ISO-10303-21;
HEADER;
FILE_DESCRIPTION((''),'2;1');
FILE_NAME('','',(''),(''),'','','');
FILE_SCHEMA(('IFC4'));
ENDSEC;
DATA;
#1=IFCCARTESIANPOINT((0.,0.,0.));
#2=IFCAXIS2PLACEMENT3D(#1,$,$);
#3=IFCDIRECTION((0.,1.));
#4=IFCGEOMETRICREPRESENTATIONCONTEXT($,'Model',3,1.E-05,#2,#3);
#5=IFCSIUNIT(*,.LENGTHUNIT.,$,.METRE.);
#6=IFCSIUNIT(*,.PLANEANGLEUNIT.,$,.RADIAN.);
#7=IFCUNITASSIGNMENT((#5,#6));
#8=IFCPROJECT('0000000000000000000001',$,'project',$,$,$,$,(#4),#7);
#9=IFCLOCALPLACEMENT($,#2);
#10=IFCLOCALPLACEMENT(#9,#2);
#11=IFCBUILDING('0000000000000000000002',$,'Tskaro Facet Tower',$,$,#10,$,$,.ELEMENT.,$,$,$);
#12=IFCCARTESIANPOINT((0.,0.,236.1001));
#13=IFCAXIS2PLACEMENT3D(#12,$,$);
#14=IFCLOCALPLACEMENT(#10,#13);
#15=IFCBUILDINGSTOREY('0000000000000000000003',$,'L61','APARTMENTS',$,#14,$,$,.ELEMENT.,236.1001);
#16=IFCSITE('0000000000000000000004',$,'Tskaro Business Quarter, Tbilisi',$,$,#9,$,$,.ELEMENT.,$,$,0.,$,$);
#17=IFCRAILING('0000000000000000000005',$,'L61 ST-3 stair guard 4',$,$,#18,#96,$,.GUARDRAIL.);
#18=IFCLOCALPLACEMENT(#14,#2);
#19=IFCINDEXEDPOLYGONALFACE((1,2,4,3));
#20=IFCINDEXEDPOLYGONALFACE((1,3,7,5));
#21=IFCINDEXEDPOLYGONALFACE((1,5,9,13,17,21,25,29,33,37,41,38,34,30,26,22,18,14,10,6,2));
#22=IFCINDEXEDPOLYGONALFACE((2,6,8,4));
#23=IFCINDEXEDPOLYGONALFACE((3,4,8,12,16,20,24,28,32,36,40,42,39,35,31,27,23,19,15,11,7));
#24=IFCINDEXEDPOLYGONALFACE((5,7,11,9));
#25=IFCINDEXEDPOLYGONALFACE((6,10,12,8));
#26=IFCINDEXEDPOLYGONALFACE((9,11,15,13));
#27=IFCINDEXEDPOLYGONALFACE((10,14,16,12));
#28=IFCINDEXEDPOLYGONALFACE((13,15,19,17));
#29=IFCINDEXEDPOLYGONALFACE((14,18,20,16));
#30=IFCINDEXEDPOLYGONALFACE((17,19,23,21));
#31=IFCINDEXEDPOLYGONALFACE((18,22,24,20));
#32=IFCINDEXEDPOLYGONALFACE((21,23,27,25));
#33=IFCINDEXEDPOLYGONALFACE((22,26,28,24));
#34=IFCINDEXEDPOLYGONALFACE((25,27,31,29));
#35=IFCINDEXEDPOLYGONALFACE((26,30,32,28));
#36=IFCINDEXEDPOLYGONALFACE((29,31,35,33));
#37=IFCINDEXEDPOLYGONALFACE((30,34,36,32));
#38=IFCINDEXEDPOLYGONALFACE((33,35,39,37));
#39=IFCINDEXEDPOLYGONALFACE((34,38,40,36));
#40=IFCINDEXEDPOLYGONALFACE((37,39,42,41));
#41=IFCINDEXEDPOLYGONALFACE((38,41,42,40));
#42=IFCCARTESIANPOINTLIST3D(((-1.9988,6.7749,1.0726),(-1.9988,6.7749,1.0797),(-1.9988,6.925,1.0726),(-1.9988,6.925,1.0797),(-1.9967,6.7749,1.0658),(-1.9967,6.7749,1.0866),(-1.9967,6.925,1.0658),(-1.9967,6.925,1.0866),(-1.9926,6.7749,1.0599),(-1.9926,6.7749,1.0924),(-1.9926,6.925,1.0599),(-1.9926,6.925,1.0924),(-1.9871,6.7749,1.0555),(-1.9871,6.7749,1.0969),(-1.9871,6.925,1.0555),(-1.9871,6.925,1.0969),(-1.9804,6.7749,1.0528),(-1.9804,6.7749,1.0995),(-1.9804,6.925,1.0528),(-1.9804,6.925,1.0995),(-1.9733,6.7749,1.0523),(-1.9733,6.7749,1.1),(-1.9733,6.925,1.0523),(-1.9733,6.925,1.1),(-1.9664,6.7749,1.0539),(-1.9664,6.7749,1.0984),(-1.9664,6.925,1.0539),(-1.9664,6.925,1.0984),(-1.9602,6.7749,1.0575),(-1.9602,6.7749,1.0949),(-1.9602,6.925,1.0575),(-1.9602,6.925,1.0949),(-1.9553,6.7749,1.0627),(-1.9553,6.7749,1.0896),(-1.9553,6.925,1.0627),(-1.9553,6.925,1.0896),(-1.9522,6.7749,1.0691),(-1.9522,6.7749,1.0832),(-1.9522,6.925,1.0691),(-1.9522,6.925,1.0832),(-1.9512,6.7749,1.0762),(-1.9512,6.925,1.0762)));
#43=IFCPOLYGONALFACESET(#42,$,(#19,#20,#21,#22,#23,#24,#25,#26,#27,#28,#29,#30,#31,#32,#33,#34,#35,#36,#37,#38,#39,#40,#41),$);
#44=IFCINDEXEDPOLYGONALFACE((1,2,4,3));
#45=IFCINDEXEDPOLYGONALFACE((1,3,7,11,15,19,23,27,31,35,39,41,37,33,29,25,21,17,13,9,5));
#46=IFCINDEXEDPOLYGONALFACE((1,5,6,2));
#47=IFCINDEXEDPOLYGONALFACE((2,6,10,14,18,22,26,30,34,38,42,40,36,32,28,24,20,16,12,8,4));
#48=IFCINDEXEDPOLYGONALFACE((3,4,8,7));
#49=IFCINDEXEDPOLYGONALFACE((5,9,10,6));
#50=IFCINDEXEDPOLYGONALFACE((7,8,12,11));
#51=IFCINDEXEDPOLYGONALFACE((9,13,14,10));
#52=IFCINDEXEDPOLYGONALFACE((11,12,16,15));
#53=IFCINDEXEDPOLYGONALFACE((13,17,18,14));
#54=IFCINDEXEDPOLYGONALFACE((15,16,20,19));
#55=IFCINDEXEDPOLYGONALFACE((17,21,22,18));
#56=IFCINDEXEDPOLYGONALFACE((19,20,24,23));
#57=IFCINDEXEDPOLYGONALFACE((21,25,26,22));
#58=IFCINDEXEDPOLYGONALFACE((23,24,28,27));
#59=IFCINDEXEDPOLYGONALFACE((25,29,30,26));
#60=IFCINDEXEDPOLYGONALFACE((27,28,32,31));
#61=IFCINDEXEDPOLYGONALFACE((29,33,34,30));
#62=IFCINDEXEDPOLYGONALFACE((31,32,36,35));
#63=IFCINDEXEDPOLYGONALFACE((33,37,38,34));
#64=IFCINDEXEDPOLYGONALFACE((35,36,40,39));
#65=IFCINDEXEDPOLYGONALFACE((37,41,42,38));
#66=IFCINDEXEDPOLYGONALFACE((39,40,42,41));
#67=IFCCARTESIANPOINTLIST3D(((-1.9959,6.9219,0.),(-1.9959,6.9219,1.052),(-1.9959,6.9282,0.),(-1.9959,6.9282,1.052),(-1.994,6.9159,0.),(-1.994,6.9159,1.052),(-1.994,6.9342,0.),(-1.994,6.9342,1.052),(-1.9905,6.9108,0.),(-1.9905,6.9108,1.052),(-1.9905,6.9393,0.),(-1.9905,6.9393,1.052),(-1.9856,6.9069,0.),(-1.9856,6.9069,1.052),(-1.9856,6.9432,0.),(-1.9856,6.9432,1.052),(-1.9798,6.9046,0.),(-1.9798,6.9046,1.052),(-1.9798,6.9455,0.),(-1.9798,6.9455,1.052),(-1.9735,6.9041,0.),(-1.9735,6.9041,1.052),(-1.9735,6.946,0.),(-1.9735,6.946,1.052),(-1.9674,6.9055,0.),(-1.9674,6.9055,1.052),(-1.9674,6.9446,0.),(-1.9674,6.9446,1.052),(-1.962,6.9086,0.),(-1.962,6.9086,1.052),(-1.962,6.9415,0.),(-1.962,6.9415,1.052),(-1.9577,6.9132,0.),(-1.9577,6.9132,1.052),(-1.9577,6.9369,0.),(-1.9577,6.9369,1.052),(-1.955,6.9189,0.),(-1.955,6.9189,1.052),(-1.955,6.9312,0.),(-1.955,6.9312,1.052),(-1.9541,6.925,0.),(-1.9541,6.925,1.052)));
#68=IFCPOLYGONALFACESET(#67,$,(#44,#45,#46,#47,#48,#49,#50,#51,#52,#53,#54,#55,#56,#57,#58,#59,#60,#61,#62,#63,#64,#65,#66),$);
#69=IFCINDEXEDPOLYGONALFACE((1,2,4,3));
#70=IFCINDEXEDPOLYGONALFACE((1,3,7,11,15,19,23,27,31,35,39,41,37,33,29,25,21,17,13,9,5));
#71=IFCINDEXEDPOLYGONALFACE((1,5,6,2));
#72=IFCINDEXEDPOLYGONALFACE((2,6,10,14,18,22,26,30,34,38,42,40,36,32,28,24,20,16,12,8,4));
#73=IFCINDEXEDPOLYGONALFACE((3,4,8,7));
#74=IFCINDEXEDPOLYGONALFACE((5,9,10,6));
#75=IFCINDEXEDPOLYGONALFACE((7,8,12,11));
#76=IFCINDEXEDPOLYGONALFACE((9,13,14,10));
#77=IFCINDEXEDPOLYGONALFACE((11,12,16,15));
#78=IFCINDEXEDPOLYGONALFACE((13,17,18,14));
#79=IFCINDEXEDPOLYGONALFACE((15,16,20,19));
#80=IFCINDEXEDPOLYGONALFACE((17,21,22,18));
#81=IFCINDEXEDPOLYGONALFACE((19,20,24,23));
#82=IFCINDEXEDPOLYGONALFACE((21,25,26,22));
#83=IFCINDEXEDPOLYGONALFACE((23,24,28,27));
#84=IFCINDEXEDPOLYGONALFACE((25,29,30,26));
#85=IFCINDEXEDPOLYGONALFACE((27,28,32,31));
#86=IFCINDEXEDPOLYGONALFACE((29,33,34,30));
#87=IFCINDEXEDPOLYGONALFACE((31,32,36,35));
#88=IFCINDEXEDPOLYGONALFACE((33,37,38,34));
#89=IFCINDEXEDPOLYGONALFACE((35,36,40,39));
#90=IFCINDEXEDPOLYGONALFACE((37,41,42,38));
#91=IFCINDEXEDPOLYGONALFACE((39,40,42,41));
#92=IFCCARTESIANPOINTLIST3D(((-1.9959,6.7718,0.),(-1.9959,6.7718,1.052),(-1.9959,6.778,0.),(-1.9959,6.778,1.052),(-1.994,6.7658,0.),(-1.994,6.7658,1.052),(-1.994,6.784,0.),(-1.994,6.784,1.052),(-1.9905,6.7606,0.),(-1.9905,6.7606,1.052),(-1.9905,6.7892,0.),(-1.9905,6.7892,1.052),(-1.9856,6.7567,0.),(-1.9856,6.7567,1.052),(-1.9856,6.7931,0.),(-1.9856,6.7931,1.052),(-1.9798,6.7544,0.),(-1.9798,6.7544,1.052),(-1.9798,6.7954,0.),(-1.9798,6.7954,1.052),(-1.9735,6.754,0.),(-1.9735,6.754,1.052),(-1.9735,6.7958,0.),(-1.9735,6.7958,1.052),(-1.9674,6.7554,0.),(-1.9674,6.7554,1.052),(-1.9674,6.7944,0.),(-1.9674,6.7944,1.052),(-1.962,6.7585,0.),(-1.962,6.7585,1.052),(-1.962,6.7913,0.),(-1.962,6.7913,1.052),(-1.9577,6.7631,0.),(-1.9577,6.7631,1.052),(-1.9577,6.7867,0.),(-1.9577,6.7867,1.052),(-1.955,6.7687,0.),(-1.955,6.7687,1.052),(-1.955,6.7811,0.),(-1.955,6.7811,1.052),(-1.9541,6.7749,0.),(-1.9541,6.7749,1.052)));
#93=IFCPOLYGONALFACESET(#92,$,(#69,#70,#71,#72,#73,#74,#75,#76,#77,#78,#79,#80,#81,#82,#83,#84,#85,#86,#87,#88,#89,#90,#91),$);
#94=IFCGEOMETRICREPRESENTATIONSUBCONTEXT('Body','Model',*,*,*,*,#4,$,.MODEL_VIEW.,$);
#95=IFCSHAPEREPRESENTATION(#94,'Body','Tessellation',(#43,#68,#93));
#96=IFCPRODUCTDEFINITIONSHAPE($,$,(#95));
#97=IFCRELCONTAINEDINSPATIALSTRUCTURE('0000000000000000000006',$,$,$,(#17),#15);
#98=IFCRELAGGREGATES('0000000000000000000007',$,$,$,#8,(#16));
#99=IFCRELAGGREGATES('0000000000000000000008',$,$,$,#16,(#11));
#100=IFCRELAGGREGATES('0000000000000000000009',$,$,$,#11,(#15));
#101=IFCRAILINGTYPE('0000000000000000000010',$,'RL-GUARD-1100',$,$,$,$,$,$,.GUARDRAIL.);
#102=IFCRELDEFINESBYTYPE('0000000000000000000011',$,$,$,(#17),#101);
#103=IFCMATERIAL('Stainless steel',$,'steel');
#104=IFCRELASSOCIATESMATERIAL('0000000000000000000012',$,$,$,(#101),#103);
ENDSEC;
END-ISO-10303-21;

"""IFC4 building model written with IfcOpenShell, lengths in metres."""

from ifc_helpers import new_model, si_unit, direction, frame, origin, origin_2d, place, context, subcontext, project, spatial, circle, extrude, material, type_object, element, save


model = new_model("IFC4")

# Units and contexts
model_context = context("Model", 3, precision=1e-05, world=origin(), true_north=direction((0.0, 1.0)))
body_context = subcontext(model_context, "Body", "Model", "MODEL_VIEW")
ifc_project = project(units=[si_unit("LENGTHUNIT", "METRE"), si_unit("PLANEANGLEUNIT", "RADIAN")], contexts=[model_context])

# Site, building, storey
site_placement = place(None, origin())
site = spatial("IfcSite", under=ifc_project, at=site_placement, Name="Tskaro Business Quarter, Tbilisi", CompositionType="ELEMENT", RefElevation=0.0)
building_placement = place(site_placement, origin())
building = spatial("IfcBuilding", under=site, at=building_placement, Name="Tskaro Facet Tower", CompositionType="ELEMENT")
storey_placement = place(building_placement, frame((0.0, 0.0, 236.1001)))
storey = spatial("IfcBuildingStorey", under=building, at=storey_placement, Name="L61", Description="APARTMENTS", CompositionType="ELEMENT", Elevation=236.1001)

# Railing
ifc_material_1 = material(Name="Stainless steel", Category="steel")
railing_type_1 = type_object("IfcRailingType", Name="RL-GUARD-1100", PredefinedType="GUARDRAIL", material=ifc_material_1)
railing_1_placement = place(storey_placement, frame((-1.9751, 6.925, 0.0)))
element("IfcRailing", 1, at=railing_1_placement, inside=storey, type_object=railing_type_1, Name="L61 ST-3 stair guard 4", PredefinedType="GUARDRAIL", context=body_context, shape_type="SweptSolid", body=[
    extrude(circle(Radius=0.0239, at=origin_2d()), frame((0.0, 0.0, 1.0762), z_axis=(0.0, -1.0, 0.0), x_axis=(1.0, 0.0, 0.0)), (0.0, 0.0, 1.0), 0.1501),
    extrude(circle(Radius=0.021, at=origin_2d()), origin(), (0.0, 0.0, 1.0), 1.052),
    extrude(circle(Radius=0.021, at=origin_2d()), frame((0.0, -0.1501, 0.0)), (0.0, 0.0, 1.0), 1.052),
])

save(model, "model.ifc")
